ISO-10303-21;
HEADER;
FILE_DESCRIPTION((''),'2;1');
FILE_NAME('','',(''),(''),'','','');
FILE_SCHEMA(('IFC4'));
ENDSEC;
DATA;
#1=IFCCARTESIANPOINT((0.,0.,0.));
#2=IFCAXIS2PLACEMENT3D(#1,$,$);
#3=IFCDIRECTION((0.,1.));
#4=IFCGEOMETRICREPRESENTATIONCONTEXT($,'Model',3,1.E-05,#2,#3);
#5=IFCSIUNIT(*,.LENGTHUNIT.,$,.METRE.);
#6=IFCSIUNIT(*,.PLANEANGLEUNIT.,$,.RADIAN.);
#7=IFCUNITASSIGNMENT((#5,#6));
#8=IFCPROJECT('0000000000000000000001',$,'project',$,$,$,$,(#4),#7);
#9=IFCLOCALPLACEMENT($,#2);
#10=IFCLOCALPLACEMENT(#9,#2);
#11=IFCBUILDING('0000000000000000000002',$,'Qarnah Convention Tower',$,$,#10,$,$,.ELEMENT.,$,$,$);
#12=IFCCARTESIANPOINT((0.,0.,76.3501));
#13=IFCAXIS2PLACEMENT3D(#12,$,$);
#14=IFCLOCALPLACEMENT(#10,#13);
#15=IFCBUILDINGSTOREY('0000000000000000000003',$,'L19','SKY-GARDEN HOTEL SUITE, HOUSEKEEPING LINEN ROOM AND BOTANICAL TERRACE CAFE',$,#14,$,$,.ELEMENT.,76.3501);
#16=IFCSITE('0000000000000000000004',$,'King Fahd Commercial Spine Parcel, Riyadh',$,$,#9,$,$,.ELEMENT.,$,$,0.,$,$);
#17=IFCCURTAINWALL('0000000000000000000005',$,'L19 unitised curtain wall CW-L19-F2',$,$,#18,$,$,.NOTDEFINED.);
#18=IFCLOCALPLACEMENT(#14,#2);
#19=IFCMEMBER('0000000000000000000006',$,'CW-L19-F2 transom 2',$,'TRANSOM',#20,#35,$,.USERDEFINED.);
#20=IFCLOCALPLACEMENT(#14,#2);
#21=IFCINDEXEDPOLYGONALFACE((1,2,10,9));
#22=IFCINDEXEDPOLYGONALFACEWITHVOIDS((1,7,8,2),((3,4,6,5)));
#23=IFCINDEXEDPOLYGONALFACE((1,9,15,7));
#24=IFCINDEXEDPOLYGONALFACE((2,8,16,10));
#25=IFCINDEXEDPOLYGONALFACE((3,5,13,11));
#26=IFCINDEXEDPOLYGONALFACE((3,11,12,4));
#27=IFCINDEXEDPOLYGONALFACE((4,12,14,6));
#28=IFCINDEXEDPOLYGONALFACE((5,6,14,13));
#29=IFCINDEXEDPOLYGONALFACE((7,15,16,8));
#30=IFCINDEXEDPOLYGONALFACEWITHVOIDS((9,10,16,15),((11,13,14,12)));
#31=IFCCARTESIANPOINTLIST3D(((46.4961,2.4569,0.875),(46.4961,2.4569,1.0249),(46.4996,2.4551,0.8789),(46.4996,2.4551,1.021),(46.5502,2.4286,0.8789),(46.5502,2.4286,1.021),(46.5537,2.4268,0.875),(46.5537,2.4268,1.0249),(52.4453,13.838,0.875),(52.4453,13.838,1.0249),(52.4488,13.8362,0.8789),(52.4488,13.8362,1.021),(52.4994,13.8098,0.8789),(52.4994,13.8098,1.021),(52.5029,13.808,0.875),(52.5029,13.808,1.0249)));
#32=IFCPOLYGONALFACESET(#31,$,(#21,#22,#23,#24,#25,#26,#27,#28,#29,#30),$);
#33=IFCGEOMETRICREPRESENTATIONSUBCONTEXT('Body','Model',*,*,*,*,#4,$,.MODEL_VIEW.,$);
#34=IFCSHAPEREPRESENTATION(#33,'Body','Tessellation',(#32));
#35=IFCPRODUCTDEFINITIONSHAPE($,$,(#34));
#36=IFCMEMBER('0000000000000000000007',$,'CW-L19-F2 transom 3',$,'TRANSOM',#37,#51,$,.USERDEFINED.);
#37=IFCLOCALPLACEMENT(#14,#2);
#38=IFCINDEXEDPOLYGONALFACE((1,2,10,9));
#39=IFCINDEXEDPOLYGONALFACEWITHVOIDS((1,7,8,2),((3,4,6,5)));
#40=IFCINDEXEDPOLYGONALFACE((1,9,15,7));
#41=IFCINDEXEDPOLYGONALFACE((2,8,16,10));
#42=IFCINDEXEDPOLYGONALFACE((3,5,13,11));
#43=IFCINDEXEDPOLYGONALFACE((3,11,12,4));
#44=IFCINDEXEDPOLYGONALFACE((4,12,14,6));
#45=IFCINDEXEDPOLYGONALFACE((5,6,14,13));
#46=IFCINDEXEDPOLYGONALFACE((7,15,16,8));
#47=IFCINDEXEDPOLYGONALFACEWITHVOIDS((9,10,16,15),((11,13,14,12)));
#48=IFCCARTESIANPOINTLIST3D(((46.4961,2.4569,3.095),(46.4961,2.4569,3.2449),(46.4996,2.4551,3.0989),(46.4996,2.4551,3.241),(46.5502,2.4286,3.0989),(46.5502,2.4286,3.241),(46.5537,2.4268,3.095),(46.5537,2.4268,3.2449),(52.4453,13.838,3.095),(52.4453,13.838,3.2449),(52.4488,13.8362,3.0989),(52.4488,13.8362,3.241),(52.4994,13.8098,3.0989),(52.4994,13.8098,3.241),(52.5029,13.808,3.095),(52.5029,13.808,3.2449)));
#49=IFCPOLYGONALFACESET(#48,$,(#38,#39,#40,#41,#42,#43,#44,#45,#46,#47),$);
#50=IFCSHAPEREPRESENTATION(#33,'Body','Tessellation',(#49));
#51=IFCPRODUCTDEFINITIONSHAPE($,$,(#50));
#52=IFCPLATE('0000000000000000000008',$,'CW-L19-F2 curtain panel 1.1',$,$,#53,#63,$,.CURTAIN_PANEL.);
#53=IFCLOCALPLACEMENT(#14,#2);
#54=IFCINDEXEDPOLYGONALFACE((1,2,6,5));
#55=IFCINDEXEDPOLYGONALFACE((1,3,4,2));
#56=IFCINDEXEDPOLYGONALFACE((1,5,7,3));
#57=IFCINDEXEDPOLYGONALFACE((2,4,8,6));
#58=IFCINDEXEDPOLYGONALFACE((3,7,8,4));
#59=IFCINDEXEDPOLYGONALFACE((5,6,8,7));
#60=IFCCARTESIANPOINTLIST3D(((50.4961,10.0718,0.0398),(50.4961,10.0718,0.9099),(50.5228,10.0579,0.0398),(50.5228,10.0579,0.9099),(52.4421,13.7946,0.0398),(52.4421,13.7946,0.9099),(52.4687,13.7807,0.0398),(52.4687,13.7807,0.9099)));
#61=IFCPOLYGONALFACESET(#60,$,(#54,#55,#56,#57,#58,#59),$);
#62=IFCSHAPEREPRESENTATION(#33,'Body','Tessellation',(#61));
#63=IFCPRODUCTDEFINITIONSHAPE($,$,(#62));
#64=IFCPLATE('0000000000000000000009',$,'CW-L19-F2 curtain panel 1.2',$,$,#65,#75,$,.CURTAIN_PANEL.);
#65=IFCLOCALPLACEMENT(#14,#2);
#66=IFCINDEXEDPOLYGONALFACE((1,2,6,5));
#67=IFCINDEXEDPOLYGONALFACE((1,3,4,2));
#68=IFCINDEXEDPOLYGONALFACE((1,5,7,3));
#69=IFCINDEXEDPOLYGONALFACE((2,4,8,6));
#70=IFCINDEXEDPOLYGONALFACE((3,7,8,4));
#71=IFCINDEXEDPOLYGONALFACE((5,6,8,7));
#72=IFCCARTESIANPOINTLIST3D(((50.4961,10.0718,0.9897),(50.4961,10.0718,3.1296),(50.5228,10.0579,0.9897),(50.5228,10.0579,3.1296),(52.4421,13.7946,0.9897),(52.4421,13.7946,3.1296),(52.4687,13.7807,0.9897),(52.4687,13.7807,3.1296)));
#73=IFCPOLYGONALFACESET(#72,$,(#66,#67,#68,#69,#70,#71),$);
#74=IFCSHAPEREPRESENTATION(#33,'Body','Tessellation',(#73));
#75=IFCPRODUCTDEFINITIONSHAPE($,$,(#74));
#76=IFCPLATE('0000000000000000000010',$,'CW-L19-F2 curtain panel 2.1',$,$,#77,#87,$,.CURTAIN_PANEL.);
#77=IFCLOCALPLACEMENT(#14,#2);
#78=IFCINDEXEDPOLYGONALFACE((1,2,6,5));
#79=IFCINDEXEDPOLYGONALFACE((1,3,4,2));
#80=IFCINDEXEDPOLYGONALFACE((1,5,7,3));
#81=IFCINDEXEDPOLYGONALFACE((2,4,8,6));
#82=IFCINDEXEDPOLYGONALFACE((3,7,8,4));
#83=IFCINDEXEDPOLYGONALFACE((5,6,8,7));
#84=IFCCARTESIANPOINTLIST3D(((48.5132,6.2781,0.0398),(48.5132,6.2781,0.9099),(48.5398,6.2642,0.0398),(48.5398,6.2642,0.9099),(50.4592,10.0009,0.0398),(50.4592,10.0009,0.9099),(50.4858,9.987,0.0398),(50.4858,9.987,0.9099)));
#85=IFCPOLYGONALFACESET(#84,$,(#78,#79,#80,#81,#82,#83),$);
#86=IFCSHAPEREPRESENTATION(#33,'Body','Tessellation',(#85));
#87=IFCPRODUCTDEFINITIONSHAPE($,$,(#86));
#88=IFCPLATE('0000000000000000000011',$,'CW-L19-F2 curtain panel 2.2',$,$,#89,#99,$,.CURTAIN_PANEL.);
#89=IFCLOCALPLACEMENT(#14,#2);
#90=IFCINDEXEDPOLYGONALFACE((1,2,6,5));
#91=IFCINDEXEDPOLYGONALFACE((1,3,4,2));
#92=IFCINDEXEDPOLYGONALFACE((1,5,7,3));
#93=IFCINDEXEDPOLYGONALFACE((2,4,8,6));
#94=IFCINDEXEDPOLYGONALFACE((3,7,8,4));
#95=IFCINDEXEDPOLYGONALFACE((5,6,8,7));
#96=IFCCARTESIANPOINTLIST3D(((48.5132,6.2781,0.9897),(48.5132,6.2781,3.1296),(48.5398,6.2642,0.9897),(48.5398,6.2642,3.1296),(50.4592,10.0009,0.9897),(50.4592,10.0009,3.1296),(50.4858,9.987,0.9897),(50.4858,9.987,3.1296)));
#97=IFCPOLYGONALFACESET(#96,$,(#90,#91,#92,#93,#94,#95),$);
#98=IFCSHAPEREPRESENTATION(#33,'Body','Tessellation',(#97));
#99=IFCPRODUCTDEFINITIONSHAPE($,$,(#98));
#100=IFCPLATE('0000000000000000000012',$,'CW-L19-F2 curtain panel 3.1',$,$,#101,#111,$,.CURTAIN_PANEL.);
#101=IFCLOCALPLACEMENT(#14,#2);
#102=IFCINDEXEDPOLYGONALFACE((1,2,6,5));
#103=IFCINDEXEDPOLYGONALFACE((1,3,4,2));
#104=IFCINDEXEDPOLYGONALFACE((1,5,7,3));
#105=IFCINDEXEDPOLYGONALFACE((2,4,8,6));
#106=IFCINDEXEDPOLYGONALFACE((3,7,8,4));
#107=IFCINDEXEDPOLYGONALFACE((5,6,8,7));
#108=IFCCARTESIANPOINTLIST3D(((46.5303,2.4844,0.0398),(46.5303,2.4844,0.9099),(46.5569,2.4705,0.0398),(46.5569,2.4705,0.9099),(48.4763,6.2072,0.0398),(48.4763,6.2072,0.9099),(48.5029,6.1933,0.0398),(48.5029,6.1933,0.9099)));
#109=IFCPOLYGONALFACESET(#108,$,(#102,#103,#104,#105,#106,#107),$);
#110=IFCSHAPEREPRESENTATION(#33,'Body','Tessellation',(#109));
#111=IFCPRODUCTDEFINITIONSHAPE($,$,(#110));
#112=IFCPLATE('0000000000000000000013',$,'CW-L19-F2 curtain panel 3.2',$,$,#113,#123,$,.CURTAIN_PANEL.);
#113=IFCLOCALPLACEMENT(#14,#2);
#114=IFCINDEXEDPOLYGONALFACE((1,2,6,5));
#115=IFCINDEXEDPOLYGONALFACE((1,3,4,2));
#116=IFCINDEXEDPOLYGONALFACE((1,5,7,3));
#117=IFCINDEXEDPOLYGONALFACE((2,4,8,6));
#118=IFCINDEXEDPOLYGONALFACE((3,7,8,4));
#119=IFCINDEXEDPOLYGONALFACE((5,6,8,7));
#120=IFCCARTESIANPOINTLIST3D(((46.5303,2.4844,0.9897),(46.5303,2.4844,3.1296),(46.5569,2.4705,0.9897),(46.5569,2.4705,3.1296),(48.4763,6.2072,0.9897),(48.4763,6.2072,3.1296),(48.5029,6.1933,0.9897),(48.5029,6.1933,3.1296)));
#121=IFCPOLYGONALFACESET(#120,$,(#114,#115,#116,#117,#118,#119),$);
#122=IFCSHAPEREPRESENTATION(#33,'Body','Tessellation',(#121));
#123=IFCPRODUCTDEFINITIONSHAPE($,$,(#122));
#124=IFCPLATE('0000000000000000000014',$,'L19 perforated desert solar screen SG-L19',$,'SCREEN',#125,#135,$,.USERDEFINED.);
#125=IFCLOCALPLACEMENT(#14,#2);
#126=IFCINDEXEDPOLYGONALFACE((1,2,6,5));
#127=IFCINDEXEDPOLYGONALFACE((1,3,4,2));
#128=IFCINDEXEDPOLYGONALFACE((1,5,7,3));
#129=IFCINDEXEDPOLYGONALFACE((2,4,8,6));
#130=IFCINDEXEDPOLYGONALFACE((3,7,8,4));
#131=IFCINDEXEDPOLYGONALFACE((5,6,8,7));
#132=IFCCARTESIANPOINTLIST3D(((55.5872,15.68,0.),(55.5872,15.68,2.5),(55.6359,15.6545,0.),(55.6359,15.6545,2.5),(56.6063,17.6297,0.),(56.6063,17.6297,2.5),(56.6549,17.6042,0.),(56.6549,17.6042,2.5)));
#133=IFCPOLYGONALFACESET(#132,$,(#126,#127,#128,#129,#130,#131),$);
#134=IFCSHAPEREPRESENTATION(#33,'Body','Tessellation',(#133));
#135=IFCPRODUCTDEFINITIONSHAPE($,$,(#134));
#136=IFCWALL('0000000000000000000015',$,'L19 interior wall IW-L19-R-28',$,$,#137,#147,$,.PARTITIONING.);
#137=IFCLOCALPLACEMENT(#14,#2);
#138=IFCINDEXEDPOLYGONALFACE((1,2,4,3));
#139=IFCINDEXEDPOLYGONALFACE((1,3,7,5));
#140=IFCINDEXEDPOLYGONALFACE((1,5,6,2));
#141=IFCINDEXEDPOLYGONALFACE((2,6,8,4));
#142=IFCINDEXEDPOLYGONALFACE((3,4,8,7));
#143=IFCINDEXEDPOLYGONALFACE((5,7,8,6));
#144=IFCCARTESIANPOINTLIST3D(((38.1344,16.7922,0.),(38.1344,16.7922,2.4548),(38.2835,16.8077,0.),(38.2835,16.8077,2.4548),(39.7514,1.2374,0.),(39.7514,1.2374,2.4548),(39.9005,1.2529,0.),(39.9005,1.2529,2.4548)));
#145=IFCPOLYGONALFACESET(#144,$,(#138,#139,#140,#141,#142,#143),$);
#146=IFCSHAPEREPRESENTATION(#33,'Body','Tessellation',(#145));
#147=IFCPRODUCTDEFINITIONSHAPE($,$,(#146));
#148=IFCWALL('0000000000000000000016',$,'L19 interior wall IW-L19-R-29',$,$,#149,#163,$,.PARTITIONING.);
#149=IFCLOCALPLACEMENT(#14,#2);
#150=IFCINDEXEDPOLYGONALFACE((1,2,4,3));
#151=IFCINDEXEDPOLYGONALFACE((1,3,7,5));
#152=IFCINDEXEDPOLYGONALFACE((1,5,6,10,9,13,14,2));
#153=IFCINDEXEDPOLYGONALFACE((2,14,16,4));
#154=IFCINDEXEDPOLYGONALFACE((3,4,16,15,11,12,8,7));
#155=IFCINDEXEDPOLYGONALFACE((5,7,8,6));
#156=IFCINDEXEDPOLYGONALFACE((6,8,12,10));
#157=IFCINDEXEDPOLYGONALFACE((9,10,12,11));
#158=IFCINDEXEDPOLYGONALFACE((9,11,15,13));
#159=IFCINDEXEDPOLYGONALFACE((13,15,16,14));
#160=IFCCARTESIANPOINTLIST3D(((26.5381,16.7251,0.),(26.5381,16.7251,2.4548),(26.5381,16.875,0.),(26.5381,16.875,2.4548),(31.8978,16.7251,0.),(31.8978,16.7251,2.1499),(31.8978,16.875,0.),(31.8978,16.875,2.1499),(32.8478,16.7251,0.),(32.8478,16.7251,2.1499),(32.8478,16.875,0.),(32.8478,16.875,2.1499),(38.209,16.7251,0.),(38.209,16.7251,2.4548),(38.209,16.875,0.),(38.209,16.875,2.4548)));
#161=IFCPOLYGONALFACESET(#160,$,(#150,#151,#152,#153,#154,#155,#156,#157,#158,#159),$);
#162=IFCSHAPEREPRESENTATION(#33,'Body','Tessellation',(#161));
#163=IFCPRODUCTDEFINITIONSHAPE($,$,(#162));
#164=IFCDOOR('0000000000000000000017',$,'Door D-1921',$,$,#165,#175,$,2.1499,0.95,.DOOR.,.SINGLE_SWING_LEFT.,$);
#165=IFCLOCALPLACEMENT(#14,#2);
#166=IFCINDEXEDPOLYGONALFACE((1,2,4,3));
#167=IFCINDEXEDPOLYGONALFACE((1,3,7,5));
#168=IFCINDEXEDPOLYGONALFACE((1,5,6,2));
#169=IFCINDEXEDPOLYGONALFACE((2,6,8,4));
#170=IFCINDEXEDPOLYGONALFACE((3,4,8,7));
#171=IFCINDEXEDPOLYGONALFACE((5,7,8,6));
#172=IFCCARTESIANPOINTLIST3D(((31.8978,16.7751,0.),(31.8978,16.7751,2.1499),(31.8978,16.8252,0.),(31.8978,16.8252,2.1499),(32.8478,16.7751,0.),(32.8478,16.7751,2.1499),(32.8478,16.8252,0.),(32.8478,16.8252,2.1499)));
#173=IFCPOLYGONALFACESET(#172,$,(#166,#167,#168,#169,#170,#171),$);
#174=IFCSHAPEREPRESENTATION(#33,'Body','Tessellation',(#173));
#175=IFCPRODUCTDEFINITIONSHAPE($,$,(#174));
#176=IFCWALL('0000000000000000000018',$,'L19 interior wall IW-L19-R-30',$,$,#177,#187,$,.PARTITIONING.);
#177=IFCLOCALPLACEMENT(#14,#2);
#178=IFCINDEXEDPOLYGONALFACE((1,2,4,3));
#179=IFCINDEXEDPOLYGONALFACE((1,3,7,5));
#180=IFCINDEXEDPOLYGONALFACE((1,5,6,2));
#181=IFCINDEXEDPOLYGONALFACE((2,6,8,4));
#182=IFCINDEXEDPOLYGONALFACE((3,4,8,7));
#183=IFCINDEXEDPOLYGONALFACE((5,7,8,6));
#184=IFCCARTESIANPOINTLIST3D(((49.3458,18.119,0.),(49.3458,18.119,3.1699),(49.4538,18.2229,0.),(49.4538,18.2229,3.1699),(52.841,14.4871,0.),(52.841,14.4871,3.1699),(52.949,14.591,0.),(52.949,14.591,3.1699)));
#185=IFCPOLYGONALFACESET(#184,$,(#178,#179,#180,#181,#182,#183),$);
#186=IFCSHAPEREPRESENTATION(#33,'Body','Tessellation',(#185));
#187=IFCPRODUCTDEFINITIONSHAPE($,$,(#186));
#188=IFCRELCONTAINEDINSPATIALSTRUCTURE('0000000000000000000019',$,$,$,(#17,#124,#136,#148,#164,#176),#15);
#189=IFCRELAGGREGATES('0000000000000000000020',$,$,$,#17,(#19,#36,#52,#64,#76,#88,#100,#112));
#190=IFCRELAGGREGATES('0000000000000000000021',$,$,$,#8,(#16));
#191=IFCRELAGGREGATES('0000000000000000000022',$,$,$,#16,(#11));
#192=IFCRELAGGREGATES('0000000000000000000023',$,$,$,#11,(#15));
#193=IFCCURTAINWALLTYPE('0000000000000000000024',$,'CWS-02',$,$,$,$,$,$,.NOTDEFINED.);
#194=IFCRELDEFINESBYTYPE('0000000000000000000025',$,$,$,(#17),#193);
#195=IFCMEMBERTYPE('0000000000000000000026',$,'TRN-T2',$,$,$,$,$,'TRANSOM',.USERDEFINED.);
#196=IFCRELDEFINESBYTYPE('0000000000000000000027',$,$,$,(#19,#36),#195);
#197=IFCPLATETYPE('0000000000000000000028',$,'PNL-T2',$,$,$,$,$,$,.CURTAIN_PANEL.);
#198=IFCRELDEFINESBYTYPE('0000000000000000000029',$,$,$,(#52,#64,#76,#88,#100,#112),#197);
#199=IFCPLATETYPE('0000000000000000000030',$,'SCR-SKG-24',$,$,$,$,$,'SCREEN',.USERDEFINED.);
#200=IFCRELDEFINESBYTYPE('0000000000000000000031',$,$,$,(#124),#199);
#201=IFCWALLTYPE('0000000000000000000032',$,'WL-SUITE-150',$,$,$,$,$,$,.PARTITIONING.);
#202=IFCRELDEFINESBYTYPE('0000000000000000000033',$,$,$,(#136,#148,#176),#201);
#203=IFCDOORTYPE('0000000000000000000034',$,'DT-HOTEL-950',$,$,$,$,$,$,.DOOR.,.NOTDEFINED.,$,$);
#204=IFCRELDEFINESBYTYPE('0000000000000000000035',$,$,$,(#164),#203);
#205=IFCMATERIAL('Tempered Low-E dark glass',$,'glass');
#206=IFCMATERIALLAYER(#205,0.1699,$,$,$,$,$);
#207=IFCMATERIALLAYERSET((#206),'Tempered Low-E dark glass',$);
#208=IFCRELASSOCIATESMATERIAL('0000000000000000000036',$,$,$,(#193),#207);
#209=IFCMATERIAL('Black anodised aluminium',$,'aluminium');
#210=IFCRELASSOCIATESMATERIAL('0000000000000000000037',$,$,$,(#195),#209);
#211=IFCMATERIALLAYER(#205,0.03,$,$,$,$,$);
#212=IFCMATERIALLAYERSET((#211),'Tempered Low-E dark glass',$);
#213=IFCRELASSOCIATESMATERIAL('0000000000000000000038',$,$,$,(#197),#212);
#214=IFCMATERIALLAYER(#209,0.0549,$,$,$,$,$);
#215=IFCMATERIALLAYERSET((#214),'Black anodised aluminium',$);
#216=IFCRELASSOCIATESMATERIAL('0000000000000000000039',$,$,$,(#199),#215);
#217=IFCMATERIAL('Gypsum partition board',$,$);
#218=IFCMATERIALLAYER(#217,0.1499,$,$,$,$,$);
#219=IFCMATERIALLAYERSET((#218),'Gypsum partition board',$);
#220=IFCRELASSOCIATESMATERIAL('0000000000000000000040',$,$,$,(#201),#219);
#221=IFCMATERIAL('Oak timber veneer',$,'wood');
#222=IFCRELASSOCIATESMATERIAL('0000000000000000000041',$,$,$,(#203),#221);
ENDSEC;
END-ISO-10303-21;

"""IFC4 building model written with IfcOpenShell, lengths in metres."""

from ifc_helpers import new_model, si_unit, direction, frame, frame_2d, origin, origin_2d, place, context, subcontext, project, spatial, rectangle, hollow_rectangle, extrude, material, layer, layer_set, material_profile, profile_set, type_object, element, fill, aggregate, save


model = new_model("IFC4")

# Units and contexts
model_context = context("Model", 3, precision=1e-05, world=origin(), true_north=direction((0.0, 1.0)))
body_context = subcontext(model_context, "Body", "Model", "MODEL_VIEW")
ifc_project = project(units=[si_unit("LENGTHUNIT", "METRE"), si_unit("PLANEANGLEUNIT", "RADIAN")], contexts=[model_context])

# Site, building, storey
site_placement = place(None, origin())
site = spatial("IfcSite", under=ifc_project, at=site_placement, Name="King Fahd Commercial Spine Parcel, Riyadh", CompositionType="ELEMENT", RefElevation=0.0)
building_placement = place(site_placement, origin())
building = spatial("IfcBuilding", under=site, at=building_placement, Name="Qarnah Convention Tower", CompositionType="ELEMENT")
storey_placement = place(building_placement, frame((0.0, 0.0, 76.3501)))
storey = spatial("IfcBuildingStorey", under=building, at=storey_placement, Name="L19", Description="SKY-GARDEN HOTEL SUITE, HOUSEKEEPING LINEN ROOM AND BOTANICAL TERRACE CAFE", CompositionType="ELEMENT", Elevation=76.3501)

# Curtain wall, members, plates
ifc_material_1 = material(Name="Tempered Low-E dark glass", Category="glass")
ifc_layer_1 = layer(ifc_material_1, 0.1699)
ifc_layer_set_1 = layer_set([ifc_layer_1], Name="Tempered Low-E dark glass")
curtain_wall_type = type_object("IfcCurtainWallType", Name="CWS-02", PredefinedType="NOTDEFINED", material=ifc_layer_set_1)
curtain_wall_placement = place(storey_placement, origin())
curtain_wall = element("IfcCurtainWall", 1, at=curtain_wall_placement, inside=storey, type_object=curtain_wall_type, Name="L19 unitised curtain wall CW-L19-F2", PredefinedType="NOTDEFINED")
ifc_material_2 = material(Name="Black anodised aluminium", Category="aluminium")
ifc_material_profile_1 = material_profile(ifc_material_2, hollow_rectangle(XDim=0.0649, YDim=0.1499, WallThickness=0.0039, at=origin_2d()), Name="TRN-65X150")
ifc_profile_set_1 = profile_set([ifc_material_profile_1], Name="Black anodised aluminium")
member_type_1 = type_object("IfcMemberType", Name="TRN-T2", ElementType="TRANSOM", PredefinedType="USERDEFINED", material=ifc_profile_set_1)
member_1_placement = place(storey_placement, frame((52.4741, 13.823, 0.95), z_axis=(-0.463255, -0.886225, 0.0), x_axis=(0.886225, -0.463255, 0.0)))
member_1 = element("IfcMember", 2, at=member_1_placement, type_object=member_type_1, Name="CW-L19-F2 transom 2", ObjectType="TRANSOM", PredefinedType="USERDEFINED", context=body_context, shape_type="SweptSolid", body=[
    extrude(hollow_rectangle(XDim=0.0649, YDim=0.1499, WallThickness=0.0039, at=origin_2d()), origin(), (0.0, 0.0, 1.0), 12.8423),
])
member_2_placement = place(storey_placement, frame((52.4741, 13.823, 3.1699), z_axis=(-0.463255, -0.886225, 0.0), x_axis=(0.886225, -0.463255, 0.0)))
member_2 = element("IfcMember", 3, at=member_2_placement, type_object=member_type_1, Name="CW-L19-F2 transom 3", ObjectType="TRANSOM", PredefinedType="USERDEFINED", context=body_context, shape_type="SweptSolid", body=[
    extrude(hollow_rectangle(XDim=0.0649, YDim=0.1499, WallThickness=0.0039, at=origin_2d()), origin(), (0.0, 0.0, 1.0), 12.8423),
])
ifc_layer_2 = layer(ifc_material_1, 0.03)
ifc_layer_set_2 = layer_set([ifc_layer_2], Name="Tempered Low-E dark glass")
plate_type_1 = type_object("IfcPlateType", Name="PNL-T2", PredefinedType="CURTAIN_PANEL", material=ifc_layer_set_2)
plate_1_placement = place(storey_placement, frame((51.4824, 11.9263, 0.0398), z_axis=(0.0, 0.0, 1.0), x_axis=(-0.463244, -0.886231, 0.0)))
plate_1 = element("IfcPlate", 4, at=plate_1_placement, type_object=plate_type_1, Name="CW-L19-F2 curtain panel 1.1", PredefinedType="CURTAIN_PANEL", context=body_context, shape_type="SweptSolid", body=[
    extrude(rectangle(XDim=4.2007, YDim=0.03, at=origin_2d()), origin(), (0.0, 0.0, 1.0), 0.8701),
])
plate_2_placement = place(storey_placement, frame((51.4824, 11.9263, 0.9897), z_axis=(0.0, 0.0, 1.0), x_axis=(-0.463244, -0.886231, 0.0)))
plate_2 = element("IfcPlate", 5, at=plate_2_placement, type_object=plate_type_1, Name="CW-L19-F2 curtain panel 1.2", PredefinedType="CURTAIN_PANEL", context=body_context, shape_type="SweptSolid", body=[
    extrude(rectangle(XDim=4.2007, YDim=0.03, at=origin_2d()), origin(), (0.0, 0.0, 1.0), 2.1399),
])
plate_3_placement = place(storey_placement, frame((49.4995, 8.1326, 0.0398), z_axis=(0.0, 0.0, 1.0), x_axis=(-0.463244, -0.886231, 0.0)))
plate_3 = element("IfcPlate", 6, at=plate_3_placement, type_object=plate_type_1, Name="CW-L19-F2 curtain panel 2.1", PredefinedType="CURTAIN_PANEL", context=body_context, shape_type="SweptSolid", body=[
    extrude(rectangle(XDim=4.2007, YDim=0.03, at=origin_2d()), origin(), (0.0, 0.0, 1.0), 0.8701),
])
plate_4_placement = place(storey_placement, frame((49.4995, 8.1326, 0.9897), z_axis=(0.0, 0.0, 1.0), x_axis=(-0.463244, -0.886231, 0.0)))
plate_4 = element("IfcPlate", 7, at=plate_4_placement, type_object=plate_type_1, Name="CW-L19-F2 curtain panel 2.2", PredefinedType="CURTAIN_PANEL", context=body_context, shape_type="SweptSolid", body=[
    extrude(rectangle(XDim=4.2007, YDim=0.03, at=origin_2d()), origin(), (0.0, 0.0, 1.0), 2.1399),
])
plate_5_placement = place(storey_placement, frame((47.5166, 4.3389, 0.0398), z_axis=(0.0, 0.0, 1.0), x_axis=(-0.463244, -0.886231, 0.0)))
plate_5 = element("IfcPlate", 8, at=plate_5_placement, type_object=plate_type_1, Name="CW-L19-F2 curtain panel 3.1", PredefinedType="CURTAIN_PANEL", context=body_context, shape_type="SweptSolid", body=[
    extrude(rectangle(XDim=4.2007, YDim=0.03, at=origin_2d()), origin(), (0.0, 0.0, 1.0), 0.8701),
])
plate_6_placement = place(storey_placement, frame((47.5166, 4.3389, 0.9897), z_axis=(0.0, 0.0, 1.0), x_axis=(-0.463244, -0.886231, 0.0)))
plate_6 = element("IfcPlate", 9, at=plate_6_placement, type_object=plate_type_1, Name="CW-L19-F2 curtain panel 3.2", PredefinedType="CURTAIN_PANEL", context=body_context, shape_type="SweptSolid", body=[
    extrude(rectangle(XDim=4.2007, YDim=0.03, at=origin_2d()), origin(), (0.0, 0.0, 1.0), 2.1399),
])
aggregate(curtain_wall, [member_1, member_2, plate_1, plate_2, plate_3, plate_4, plate_5, plate_6])

# Plate
ifc_layer_3 = layer(ifc_material_2, 0.0549)
ifc_layer_set_3 = layer_set([ifc_layer_3], Name="Black anodised aluminium")
plate_type_2 = type_object("IfcPlateType", Name="SCR-SKG-24", ElementType="SCREEN", PredefinedType="USERDEFINED", material=ifc_layer_set_3)
plate_7_placement = place(storey_placement, frame((56.1211, 16.6421, 0.0), z_axis=(0.0, 0.0, 1.0), x_axis=(-0.463205, -0.886251, 0.0)))
element("IfcPlate", 10, at=plate_7_placement, inside=storey, type_object=plate_type_2, Name="L19 perforated desert solar screen SG-L19", ObjectType="SCREEN", PredefinedType="USERDEFINED", context=body_context, shape_type="SweptSolid", body=[
    extrude(rectangle(XDim=2.2, YDim=0.0549, at=origin_2d()), origin(), (0.0, 0.0, 1.0), 2.5),
])

# Wall
ifc_material_3 = material(Name="Gypsum partition board")
ifc_layer_4 = layer(ifc_material_3, 0.1499)
ifc_layer_set_4 = layer_set([ifc_layer_4], Name="Gypsum partition board")
wall_type_1 = type_object("IfcWallType", Name="WL-SUITE-150", PredefinedType="PARTITIONING", material=ifc_layer_set_4)
wall_1_placement = place(storey_placement, frame((39.8259, 1.2451, 0.0), z_axis=(0.0, 0.0, 1.0), x_axis=(-0.103393, 0.994641, 0.0)))
element("IfcWall", 11, at=wall_1_placement, inside=storey, type_object=wall_type_1, Name="L19 interior wall IW-L19-R-28", PredefinedType="PARTITIONING", context=body_context, shape_type="SweptSolid", body=[
    extrude(rectangle(XDim=15.6387, YDim=0.1499, at=frame_2d((7.8193, 0.0))), origin(), (0.0, 0.0, 1.0), 2.4548),
])

# Wall, opening, door
wall_2_placement = place(storey_placement, frame((38.209, 16.8, 0.0), z_axis=(0.0, 0.0, 1.0), x_axis=(-1.0, 0.0, 0.0)))
wall_2 = element("IfcWall", 12, at=wall_2_placement, inside=storey, type_object=wall_type_1, Name="L19 interior wall IW-L19-R-29", PredefinedType="PARTITIONING", context=body_context, shape_type="SweptSolid", body=[
    extrude(rectangle(XDim=11.6709, YDim=0.1499, at=frame_2d((5.8354, 0.0))), origin(), (0.0, 0.0, 1.0), 2.4548),
])
opening_1_placement = place(wall_2_placement, frame((5.3611, 0.0, 0.0)))
opening_1 = element("IfcOpeningElement", 13, at=opening_1_placement, cuts=wall_2, PredefinedType="OPENING", context=body_context, shape_type="SweptSolid", body=[
    extrude(rectangle(XDim=0.95, YDim=2.1499, at=frame_2d((0.4751, 1.075))), frame((0.0, 0.085, 0.0), z_axis=(0.0, -1.0, 0.0), x_axis=(1.0, 0.0, 0.0)), (0.0, 0.0, 1.0), 0.1699),
])
ifc_material_4 = material(Name="Oak timber veneer", Category="wood")
door_type_1 = type_object("IfcDoorType", Name="DT-HOTEL-950", OperationType="NOTDEFINED", PredefinedType="DOOR", material=ifc_material_4)
door_1_placement = place(opening_1_placement, origin())
door_1 = element("IfcDoor", 14, at=door_1_placement, inside=storey, type_object=door_type_1, Name="Door D-1921", OperationType="SINGLE_SWING_LEFT", OverallHeight=2.1499, OverallWidth=0.95, PredefinedType="DOOR", context=body_context, shape_type="SweptSolid", body=[
    extrude(rectangle(XDim=0.95, YDim=2.1499, at=frame_2d((0.4751, 1.075))), frame((0.0, 0.0249, 0.0), z_axis=(0.0, -1.0, 0.0), x_axis=(1.0, 0.0, 0.0)), (0.0, 0.0, 1.0), 0.05),
])
fill(opening_1, door_1)

# Wall
wall_3_placement = place(storey_placement, frame((52.895, 14.5391, 0.0), z_axis=(0.0, 0.0, 1.0), x_axis=(-0.693415, 0.720539, 0.0)))
element("IfcWall", 15, at=wall_3_placement, inside=storey, type_object=wall_type_1, Name="L19 interior wall IW-L19-R-30", PredefinedType="PARTITIONING", context=body_context, shape_type="SweptSolid", body=[
    extrude(rectangle(XDim=5.0405, YDim=0.1499, at=frame_2d((2.5203, 0.0))), origin(), (0.0, 0.0, 1.0), 3.1699),
])

save(model, "model.ifc")
